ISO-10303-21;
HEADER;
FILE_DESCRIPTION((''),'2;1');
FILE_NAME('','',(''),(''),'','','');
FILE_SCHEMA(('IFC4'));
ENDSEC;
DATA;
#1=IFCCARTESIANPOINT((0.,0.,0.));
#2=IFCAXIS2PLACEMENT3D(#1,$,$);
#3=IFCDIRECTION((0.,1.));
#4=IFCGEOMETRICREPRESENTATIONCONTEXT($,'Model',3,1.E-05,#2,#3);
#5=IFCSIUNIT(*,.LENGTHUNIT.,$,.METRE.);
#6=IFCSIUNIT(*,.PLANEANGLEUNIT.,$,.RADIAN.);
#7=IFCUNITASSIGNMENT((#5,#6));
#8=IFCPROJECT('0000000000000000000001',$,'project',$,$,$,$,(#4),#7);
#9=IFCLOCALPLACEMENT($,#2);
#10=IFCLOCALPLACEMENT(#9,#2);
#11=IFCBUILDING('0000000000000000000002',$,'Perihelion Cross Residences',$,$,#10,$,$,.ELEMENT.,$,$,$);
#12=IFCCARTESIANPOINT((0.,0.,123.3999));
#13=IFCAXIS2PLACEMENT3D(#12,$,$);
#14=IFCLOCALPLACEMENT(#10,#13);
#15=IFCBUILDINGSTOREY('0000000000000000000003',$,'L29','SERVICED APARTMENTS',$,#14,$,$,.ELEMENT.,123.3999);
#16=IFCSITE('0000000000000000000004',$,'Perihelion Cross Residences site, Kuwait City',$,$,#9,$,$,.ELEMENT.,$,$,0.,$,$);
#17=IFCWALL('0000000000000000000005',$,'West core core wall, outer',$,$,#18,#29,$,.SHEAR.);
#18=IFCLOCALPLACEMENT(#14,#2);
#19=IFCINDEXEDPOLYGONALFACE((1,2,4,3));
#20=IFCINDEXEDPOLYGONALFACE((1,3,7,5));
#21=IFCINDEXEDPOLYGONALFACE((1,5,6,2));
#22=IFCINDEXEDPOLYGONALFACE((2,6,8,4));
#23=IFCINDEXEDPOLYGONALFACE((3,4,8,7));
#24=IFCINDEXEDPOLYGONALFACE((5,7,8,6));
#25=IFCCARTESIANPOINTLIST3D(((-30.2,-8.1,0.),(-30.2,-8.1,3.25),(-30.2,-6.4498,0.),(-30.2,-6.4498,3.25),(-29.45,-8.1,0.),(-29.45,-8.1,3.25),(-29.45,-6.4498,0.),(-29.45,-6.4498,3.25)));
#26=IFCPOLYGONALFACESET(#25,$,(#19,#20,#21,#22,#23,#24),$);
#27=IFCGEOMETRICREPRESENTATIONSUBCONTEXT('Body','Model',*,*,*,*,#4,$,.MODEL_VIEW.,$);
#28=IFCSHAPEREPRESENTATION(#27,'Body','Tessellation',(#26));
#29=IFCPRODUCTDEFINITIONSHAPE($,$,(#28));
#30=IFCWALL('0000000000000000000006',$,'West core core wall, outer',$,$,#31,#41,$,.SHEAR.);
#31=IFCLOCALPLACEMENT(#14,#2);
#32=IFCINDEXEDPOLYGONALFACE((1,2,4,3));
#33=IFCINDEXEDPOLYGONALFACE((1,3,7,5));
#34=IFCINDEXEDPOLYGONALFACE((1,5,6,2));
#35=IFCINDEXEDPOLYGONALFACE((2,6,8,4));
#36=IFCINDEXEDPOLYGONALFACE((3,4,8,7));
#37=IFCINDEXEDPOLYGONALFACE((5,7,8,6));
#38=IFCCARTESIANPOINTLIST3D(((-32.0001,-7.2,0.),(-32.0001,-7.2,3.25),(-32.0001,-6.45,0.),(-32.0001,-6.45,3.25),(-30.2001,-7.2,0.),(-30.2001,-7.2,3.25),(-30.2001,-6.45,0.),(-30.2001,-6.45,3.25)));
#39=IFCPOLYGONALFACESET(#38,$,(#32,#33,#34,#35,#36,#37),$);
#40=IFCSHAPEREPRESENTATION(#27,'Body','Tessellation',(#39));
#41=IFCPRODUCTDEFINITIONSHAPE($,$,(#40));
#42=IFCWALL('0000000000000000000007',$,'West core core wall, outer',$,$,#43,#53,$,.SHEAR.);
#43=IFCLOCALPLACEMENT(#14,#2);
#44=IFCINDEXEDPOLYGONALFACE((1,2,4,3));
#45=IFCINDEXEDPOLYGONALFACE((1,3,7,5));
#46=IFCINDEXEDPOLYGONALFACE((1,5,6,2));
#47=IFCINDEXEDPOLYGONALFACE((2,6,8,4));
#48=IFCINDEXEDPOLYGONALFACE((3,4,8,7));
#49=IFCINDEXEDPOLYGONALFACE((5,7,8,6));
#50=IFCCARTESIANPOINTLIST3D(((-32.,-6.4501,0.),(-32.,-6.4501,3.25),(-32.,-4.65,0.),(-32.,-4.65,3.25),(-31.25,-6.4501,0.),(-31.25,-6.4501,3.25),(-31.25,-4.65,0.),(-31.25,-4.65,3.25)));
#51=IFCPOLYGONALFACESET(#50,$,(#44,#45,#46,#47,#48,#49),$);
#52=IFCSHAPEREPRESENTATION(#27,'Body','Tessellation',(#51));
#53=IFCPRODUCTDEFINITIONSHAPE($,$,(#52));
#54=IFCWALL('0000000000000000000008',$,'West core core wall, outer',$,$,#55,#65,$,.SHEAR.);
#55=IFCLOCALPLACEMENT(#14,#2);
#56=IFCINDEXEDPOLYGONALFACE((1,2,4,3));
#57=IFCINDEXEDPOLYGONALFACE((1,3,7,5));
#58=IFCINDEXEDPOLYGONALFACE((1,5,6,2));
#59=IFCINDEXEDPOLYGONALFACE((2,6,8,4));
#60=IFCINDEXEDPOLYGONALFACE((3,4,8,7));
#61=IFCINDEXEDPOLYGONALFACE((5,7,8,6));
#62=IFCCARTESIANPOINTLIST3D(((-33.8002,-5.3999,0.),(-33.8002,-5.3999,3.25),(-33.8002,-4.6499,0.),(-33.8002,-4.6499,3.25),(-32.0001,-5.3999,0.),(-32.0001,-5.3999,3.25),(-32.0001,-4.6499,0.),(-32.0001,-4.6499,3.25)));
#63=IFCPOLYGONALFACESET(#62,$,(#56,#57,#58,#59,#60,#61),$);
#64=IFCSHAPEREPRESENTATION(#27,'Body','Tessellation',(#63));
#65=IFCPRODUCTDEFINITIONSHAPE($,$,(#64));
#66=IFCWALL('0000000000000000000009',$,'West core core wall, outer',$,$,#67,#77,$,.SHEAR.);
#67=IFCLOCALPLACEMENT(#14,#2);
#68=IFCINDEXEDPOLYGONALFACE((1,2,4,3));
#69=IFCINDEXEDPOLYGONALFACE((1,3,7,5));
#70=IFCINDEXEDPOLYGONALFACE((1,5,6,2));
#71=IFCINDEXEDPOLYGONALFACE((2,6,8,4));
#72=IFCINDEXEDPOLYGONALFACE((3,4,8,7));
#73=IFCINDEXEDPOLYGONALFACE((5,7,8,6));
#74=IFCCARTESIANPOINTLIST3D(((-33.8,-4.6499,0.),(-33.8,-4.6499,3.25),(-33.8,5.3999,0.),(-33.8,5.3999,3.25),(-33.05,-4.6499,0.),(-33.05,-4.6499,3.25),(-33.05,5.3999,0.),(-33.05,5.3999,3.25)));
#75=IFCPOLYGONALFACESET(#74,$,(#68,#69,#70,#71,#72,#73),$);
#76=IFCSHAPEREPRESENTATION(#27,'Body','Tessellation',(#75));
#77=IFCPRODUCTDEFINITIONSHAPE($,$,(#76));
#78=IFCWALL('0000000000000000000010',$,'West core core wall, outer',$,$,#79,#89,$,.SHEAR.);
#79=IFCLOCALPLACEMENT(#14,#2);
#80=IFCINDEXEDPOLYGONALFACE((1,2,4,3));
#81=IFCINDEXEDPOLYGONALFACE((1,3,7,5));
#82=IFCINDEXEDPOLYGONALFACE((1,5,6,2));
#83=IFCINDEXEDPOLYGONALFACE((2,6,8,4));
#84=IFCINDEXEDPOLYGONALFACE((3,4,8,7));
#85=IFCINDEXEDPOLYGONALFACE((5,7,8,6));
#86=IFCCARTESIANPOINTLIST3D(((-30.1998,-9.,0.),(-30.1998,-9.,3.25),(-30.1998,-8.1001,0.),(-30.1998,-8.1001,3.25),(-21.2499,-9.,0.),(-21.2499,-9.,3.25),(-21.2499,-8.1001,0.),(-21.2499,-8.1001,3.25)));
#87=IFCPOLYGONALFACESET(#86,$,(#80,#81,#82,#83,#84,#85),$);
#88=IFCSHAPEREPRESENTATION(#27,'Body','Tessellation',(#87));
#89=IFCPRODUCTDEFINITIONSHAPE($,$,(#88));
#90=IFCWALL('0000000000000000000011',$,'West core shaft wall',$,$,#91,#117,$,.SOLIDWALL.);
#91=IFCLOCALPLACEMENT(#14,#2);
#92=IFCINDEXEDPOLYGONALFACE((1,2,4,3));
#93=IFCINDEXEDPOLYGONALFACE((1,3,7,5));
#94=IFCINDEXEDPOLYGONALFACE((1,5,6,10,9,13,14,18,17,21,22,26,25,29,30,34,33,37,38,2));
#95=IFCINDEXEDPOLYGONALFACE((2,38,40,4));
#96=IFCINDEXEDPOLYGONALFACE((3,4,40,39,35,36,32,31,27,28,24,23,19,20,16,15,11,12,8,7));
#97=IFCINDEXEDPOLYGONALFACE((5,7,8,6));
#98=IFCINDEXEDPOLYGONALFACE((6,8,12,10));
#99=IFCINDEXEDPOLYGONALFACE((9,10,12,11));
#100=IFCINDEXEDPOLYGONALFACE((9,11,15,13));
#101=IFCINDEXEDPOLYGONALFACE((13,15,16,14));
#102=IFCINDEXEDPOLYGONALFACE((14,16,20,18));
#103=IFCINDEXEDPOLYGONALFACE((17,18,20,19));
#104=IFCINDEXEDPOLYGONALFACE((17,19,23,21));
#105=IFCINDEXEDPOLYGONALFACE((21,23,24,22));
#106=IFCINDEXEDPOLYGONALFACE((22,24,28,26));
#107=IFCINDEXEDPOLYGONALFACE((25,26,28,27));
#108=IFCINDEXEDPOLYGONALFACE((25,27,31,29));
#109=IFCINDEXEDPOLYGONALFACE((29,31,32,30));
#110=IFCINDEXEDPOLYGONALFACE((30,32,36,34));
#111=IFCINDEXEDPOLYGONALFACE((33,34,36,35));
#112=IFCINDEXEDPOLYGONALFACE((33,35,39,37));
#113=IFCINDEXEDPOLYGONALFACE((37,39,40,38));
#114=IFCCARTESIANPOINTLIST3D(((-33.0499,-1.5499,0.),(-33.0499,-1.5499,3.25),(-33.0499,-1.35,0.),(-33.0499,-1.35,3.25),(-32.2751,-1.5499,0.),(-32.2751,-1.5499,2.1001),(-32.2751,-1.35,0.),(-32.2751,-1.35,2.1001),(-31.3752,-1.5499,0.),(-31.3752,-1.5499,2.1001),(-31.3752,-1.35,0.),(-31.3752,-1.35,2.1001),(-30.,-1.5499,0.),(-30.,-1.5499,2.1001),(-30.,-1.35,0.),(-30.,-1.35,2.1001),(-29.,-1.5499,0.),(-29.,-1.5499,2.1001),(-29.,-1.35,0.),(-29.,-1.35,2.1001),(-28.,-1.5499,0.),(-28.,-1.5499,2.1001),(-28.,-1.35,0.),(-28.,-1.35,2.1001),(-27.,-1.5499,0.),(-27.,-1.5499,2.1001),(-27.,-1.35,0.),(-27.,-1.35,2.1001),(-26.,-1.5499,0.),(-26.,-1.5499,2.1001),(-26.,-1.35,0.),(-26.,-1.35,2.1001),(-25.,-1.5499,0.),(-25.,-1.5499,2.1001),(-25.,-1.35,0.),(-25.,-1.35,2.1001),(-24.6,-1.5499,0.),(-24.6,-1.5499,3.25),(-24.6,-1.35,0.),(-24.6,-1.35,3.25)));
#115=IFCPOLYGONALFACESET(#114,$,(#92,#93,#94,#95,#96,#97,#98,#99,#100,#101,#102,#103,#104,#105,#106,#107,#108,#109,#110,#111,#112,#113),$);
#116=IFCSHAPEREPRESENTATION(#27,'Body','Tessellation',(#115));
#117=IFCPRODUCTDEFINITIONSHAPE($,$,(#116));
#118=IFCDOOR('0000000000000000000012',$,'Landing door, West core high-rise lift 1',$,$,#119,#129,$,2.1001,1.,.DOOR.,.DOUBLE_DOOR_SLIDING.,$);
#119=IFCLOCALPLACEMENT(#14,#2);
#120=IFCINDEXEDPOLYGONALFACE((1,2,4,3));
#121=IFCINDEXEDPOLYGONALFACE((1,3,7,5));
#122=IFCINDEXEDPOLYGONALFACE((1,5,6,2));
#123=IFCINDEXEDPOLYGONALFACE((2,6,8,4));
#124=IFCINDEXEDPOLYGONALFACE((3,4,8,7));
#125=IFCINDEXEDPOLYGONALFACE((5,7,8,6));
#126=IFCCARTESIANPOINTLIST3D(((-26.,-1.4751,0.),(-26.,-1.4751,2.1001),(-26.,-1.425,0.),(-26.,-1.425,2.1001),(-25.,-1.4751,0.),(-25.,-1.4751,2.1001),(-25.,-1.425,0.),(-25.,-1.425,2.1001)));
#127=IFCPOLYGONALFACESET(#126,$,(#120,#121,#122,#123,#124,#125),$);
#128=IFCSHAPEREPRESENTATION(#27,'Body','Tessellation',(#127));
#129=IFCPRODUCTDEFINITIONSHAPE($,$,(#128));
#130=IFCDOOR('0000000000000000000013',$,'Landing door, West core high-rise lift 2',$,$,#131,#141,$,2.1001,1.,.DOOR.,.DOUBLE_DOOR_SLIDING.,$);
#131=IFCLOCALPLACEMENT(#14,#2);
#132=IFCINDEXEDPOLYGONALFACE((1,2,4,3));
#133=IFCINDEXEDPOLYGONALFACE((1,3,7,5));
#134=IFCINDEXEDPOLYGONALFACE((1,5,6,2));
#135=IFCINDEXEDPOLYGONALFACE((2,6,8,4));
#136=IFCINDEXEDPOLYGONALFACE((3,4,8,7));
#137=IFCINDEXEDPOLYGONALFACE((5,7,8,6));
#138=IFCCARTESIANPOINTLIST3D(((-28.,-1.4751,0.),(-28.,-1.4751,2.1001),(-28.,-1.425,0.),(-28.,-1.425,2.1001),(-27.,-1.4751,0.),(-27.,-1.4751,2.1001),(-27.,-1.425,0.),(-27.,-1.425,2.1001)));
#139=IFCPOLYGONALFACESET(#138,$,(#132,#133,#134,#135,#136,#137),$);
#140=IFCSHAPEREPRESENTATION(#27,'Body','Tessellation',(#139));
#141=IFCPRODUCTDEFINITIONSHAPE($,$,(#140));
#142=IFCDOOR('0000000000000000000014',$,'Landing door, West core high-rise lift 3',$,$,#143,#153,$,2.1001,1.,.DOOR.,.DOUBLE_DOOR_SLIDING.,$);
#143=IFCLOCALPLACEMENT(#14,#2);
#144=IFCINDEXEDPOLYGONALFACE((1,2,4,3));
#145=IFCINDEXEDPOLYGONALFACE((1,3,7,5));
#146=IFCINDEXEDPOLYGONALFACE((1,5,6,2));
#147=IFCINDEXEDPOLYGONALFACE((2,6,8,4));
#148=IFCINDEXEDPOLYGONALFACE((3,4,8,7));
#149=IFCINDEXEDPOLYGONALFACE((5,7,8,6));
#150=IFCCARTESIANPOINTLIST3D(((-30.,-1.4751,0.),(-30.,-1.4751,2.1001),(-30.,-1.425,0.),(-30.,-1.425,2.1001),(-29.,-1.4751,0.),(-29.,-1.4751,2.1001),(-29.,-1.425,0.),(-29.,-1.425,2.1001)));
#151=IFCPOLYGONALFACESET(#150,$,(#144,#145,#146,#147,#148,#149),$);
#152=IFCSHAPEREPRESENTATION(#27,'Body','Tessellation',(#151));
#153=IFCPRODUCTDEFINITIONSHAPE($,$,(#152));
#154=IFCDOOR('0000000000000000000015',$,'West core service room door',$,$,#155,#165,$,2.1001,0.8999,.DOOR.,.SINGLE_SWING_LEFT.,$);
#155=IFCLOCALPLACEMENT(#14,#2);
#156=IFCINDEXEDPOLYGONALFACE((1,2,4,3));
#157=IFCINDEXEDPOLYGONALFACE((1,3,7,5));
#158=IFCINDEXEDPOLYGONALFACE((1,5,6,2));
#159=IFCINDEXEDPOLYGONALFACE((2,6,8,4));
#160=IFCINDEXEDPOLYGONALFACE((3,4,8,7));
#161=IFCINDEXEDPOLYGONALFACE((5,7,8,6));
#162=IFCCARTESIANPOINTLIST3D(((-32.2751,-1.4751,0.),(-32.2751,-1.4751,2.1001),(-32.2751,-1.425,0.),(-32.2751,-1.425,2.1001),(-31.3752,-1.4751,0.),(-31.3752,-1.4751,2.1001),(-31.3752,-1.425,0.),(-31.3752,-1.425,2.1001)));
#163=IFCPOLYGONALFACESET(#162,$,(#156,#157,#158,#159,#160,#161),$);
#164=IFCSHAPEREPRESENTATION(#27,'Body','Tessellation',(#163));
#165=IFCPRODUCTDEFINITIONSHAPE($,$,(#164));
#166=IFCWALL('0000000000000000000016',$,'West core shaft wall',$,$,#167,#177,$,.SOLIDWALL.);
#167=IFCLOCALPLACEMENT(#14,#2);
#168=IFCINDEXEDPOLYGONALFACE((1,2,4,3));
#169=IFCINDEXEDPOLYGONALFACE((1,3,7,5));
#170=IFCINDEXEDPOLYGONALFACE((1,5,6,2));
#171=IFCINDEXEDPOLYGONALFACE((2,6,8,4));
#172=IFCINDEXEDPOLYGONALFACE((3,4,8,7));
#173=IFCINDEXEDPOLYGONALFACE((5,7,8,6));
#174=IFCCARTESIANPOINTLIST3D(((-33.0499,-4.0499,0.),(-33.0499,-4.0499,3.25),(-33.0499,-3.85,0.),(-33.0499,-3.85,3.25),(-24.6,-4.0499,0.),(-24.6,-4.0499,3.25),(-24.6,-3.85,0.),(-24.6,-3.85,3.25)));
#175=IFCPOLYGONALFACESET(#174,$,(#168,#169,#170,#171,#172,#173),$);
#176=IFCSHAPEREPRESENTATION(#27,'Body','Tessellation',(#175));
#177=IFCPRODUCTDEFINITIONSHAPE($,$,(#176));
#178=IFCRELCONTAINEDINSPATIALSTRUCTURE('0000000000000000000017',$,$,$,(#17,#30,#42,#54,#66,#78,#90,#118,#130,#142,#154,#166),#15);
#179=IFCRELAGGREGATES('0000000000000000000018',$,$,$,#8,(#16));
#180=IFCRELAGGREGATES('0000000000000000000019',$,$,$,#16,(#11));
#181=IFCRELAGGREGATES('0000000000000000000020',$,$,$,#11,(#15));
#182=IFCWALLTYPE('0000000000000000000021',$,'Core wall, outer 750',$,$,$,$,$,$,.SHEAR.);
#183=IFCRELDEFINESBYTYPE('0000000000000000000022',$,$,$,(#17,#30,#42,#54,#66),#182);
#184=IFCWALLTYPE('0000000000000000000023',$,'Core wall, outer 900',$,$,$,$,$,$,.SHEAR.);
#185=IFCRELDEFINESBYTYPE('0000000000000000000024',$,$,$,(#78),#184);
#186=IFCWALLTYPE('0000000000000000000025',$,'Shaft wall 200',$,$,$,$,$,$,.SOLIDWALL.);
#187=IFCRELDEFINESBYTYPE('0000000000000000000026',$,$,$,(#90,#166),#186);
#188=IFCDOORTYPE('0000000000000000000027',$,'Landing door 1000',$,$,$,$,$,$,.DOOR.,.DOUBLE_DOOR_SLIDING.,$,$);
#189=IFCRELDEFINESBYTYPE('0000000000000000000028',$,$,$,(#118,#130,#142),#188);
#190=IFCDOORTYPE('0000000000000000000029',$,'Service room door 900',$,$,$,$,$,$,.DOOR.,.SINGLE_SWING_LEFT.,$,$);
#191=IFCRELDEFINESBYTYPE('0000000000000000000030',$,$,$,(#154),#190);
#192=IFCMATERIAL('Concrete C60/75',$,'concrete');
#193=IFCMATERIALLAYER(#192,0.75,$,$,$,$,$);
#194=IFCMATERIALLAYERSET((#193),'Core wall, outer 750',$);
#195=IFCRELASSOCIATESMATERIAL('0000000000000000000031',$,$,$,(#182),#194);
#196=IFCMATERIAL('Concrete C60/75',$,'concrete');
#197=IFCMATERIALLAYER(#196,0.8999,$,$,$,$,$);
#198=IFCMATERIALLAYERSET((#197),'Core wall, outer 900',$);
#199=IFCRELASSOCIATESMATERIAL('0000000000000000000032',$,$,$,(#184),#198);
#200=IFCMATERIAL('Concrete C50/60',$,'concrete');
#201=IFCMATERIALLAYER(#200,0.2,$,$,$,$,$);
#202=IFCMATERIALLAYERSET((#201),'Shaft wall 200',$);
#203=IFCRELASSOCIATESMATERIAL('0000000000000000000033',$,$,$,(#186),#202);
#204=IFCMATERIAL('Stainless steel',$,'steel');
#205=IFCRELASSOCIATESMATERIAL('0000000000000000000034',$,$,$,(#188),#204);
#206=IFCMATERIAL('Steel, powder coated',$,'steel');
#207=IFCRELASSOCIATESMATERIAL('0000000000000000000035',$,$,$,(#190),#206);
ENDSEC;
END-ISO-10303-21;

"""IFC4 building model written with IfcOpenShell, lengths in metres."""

from ifc_helpers import new_model, si_unit, direction, frame, frame_2d, origin, place, context, subcontext, project, spatial, rectangle, extrude, material, layer, layer_set, type_object, element, fill, save


model = new_model("IFC4")

# Units and contexts
model_context = context("Model", 3, precision=1e-05, world=origin(), true_north=direction((0.0, 1.0)))
body_context = subcontext(model_context, "Body", "Model", "MODEL_VIEW")
ifc_project = project(units=[si_unit("LENGTHUNIT", "METRE"), si_unit("PLANEANGLEUNIT", "RADIAN")], contexts=[model_context])

# Site, building, storey
site_placement = place(None, origin())
site = spatial("IfcSite", under=ifc_project, at=site_placement, Name="Perihelion Cross Residences site, Kuwait City", CompositionType="ELEMENT", RefElevation=0.0)
building_placement = place(site_placement, origin())
building = spatial("IfcBuilding", under=site, at=building_placement, Name="Perihelion Cross Residences", CompositionType="ELEMENT")
storey_placement = place(building_placement, frame((0.0, 0.0, 123.3999)))
storey = spatial("IfcBuildingStorey", under=building, at=storey_placement, Name="L29", Description="SERVICED APARTMENTS", CompositionType="ELEMENT", Elevation=123.3999)

# Walls
ifc_material_1 = material(Name="Concrete C60/75", Category="concrete")
ifc_layer_1 = layer(ifc_material_1, 0.75)
ifc_layer_set_1 = layer_set([ifc_layer_1], Name="Core wall, outer 750")
wall_type_1 = type_object("IfcWallType", Name="Core wall, outer 750", PredefinedType="SHEAR", material=ifc_layer_set_1)
wall_1_placement = place(storey_placement, frame((-29.825, -8.1001, 0.0), z_axis=(0.0, 0.0, 1.0), x_axis=(0.0, 1.0, 0.0)))
element("IfcWall", 1, at=wall_1_placement, inside=storey, type_object=wall_type_1, Name="West core core wall, outer", PredefinedType="SHEAR", context=body_context, shape_type="SweptSolid", body=[
    extrude(rectangle(XDim=1.6501, YDim=0.75, at=frame_2d((0.8252, 0.0))), origin(), (0.0, 0.0, 1.0), 3.25),
])
for number, where, z_axis, x_axis, name in (
    (2, (-32.0, -6.825, 0.0), (0.0, 0.0, 1.0), (1.0, 0.0, 0.0), "West core core wall, outer"),
    (3, (-31.625, -6.45, 0.0), (0.0, 0.0, 1.0), (0.0, 1.0, 0.0), "West core core wall, outer"),
    (4, (-33.8, -5.0249, 0.0), (0.0, 0.0, 1.0), (1.0, 0.0, 0.0), "West core core wall, outer"),
):
    element("IfcWall", number, at=place(storey_placement, frame(where, z_axis=z_axis, x_axis=x_axis)), inside=storey, type_object=wall_type_1, Name=name, PredefinedType="SHEAR", context=body_context, shape_type="SweptSolid", body=[
        extrude(rectangle(XDim=1.8, YDim=0.75, at=frame_2d((0.8999, 0.0))), origin(), (0.0, 0.0, 1.0), 3.25),
    ])
wall_2_placement = place(storey_placement, frame((-33.425, -4.6499, 0.0), z_axis=(0.0, 0.0, 1.0), x_axis=(0.0, 1.0, 0.0)))
element("IfcWall", 5, at=wall_2_placement, inside=storey, type_object=wall_type_1, Name="West core core wall, outer", PredefinedType="SHEAR", context=body_context, shape_type="SweptSolid", body=[
    extrude(rectangle(XDim=10.0498, YDim=0.75, at=frame_2d((5.0249, 0.0))), origin(), (0.0, 0.0, 1.0), 3.25),
])
ifc_material_2 = material(Name="Concrete C60/75", Category="concrete")
ifc_layer_2 = layer(ifc_material_2, 0.8999)
ifc_layer_set_2 = layer_set([ifc_layer_2], Name="Core wall, outer 900")
wall_type_2 = type_object("IfcWallType", Name="Core wall, outer 900", PredefinedType="SHEAR", material=ifc_layer_set_2)
wall_3_placement = place(storey_placement, frame((-30.2, -8.55, 0.0), z_axis=(0.0, 0.0, 1.0), x_axis=(1.0, 0.0, 0.0)))
element("IfcWall", 6, at=wall_3_placement, inside=storey, type_object=wall_type_2, Name="West core core wall, outer", PredefinedType="SHEAR", context=body_context, shape_type="SweptSolid", body=[
    extrude(rectangle(XDim=8.95, YDim=0.8999, at=frame_2d((4.4751, 0.0))), origin(), (0.0, 0.0, 1.0), 3.25),
])

# Wall, openings, doors
ifc_material_3 = material(Name="Concrete C50/60", Category="concrete")
ifc_layer_3 = layer(ifc_material_3, 0.2)
ifc_layer_set_3 = layer_set([ifc_layer_3], Name="Shaft wall 200")
wall_type_3 = type_object("IfcWallType", Name="Shaft wall 200", PredefinedType="SOLIDWALL", material=ifc_layer_set_3)
wall_4_placement = place(storey_placement, frame((-33.05, -1.45, 0.0), z_axis=(0.0, 0.0, 1.0), x_axis=(1.0, 0.0, 0.0)))
wall_4 = element("IfcWall", 7, at=wall_4_placement, inside=storey, type_object=wall_type_3, Name="West core shaft wall", PredefinedType="SOLIDWALL", context=body_context, shape_type="SweptSolid", body=[
    extrude(rectangle(XDim=8.45, YDim=0.2, at=frame_2d((4.2251, 0.0))), origin(), (0.0, 0.0, 1.0), 3.25),
])
opening_1_placement = place(wall_4_placement, frame((7.05, 0.0, 0.0)))
opening_1 = element("IfcOpeningElement", 8, at=opening_1_placement, cuts=wall_4, PredefinedType="OPENING", context=body_context, shape_type="SweptSolid", body=[
    extrude(rectangle(XDim=1.0, YDim=2.1001, at=frame_2d((0.5, 1.05))), frame((0.0, 0.1099, 0.0), z_axis=(0.0, -1.0, 0.0), x_axis=(1.0, 0.0, 0.0)), (0.0, 0.0, 1.0), 0.22),
])
opening_2_placement = place(wall_4_placement, frame((5.05, 0.0, 0.0)))
opening_2 = element("IfcOpeningElement", 9, at=opening_2_placement, cuts=wall_4, PredefinedType="OPENING", context=body_context, shape_type="SweptSolid", body=[
    extrude(rectangle(XDim=1.0, YDim=2.1001, at=frame_2d((0.5, 1.05))), frame((0.0, 0.1099, 0.0), z_axis=(0.0, -1.0, 0.0), x_axis=(1.0, 0.0, 0.0)), (0.0, 0.0, 1.0), 0.22),
])
opening_3_placement = place(wall_4_placement, frame((3.05, 0.0, 0.0)))
opening_3 = element("IfcOpeningElement", 10, at=opening_3_placement, cuts=wall_4, PredefinedType="OPENING", context=body_context, shape_type="SweptSolid", body=[
    extrude(rectangle(XDim=1.0, YDim=2.1001, at=frame_2d((0.5, 1.05))), frame((0.0, 0.1099, 0.0), z_axis=(0.0, -1.0, 0.0), x_axis=(1.0, 0.0, 0.0)), (0.0, 0.0, 1.0), 0.22),
])
opening_4_placement = place(wall_4_placement, frame((0.7749, 0.0, 0.0)))
opening_4 = element("IfcOpeningElement", 11, at=opening_4_placement, cuts=wall_4, PredefinedType="OPENING", context=body_context, shape_type="SweptSolid", body=[
    extrude(rectangle(XDim=0.8999, YDim=2.1001, at=frame_2d((0.45, 1.05))), frame((0.0, 0.1099, 0.0), z_axis=(0.0, -1.0, 0.0), x_axis=(1.0, 0.0, 0.0)), (0.0, 0.0, 1.0), 0.22),
])
ifc_material_4 = material(Name="Stainless steel", Category="steel")
door_type_1 = type_object("IfcDoorType", Name="Landing door 1000", OperationType="DOUBLE_DOOR_SLIDING", PredefinedType="DOOR", material=ifc_material_4)
door_1_placement = place(opening_1_placement, origin())
door_1 = element("IfcDoor", 12, at=door_1_placement, inside=storey, type_object=door_type_1, Name="Landing door, West core high-rise lift 1", OperationType="DOUBLE_DOOR_SLIDING", OverallHeight=2.1001, OverallWidth=1.0, PredefinedType="DOOR", context=body_context, shape_type="SweptSolid", body=[
    extrude(rectangle(XDim=1.0, YDim=2.1001, at=frame_2d((0.5, 1.05))), frame((0.0, 0.0249, 0.0), z_axis=(0.0, -1.0, 0.0), x_axis=(1.0, 0.0, 0.0)), (0.0, 0.0, 1.0), 0.05),
])
fill(opening_1, door_1)
door_2_placement = place(opening_2_placement, origin())
door_2 = element("IfcDoor", 13, at=door_2_placement, inside=storey, type_object=door_type_1, Name="Landing door, West core high-rise lift 2", OperationType="DOUBLE_DOOR_SLIDING", OverallHeight=2.1001, OverallWidth=1.0, PredefinedType="DOOR", context=body_context, shape_type="SweptSolid", body=[
    extrude(rectangle(XDim=1.0, YDim=2.1001, at=frame_2d((0.5, 1.05))), frame((0.0, 0.0249, 0.0), z_axis=(0.0, -1.0, 0.0), x_axis=(1.0, 0.0, 0.0)), (0.0, 0.0, 1.0), 0.05),
])
fill(opening_2, door_2)
door_3_placement = place(opening_3_placement, origin())
door_3 = element("IfcDoor", 14, at=door_3_placement, inside=storey, type_object=door_type_1, Name="Landing door, West core high-rise lift 3", OperationType="DOUBLE_DOOR_SLIDING", OverallHeight=2.1001, OverallWidth=1.0, PredefinedType="DOOR", context=body_context, shape_type="SweptSolid", body=[
    extrude(rectangle(XDim=1.0, YDim=2.1001, at=frame_2d((0.5, 1.05))), frame((0.0, 0.0249, 0.0), z_axis=(0.0, -1.0, 0.0), x_axis=(1.0, 0.0, 0.0)), (0.0, 0.0, 1.0), 0.05),
])
fill(opening_3, door_3)
ifc_material_5 = material(Name="Steel, powder coated", Category="steel")
door_type_2 = type_object("IfcDoorType", Name="Service room door 900", OperationType="SINGLE_SWING_LEFT", PredefinedType="DOOR", material=ifc_material_5)
door_4_placement = place(opening_4_placement, origin())
door_4 = element("IfcDoor", 15, at=door_4_placement, inside=storey, type_object=door_type_2, Name="West core service room door", OperationType="SINGLE_SWING_LEFT", OverallHeight=2.1001, OverallWidth=0.8999, PredefinedType="DOOR", context=body_context, shape_type="SweptSolid", body=[
    extrude(rectangle(XDim=0.8999, YDim=2.1001, at=frame_2d((0.45, 1.05))), frame((0.0, 0.0249, 0.0), z_axis=(0.0, -1.0, 0.0), x_axis=(1.0, 0.0, 0.0)), (0.0, 0.0, 1.0), 0.05),
])
fill(opening_4, door_4)

# Wall
wall_5_placement = place(storey_placement, frame((-33.05, -3.95, 0.0), z_axis=(0.0, 0.0, 1.0), x_axis=(1.0, 0.0, 0.0)))
element("IfcWall", 16, at=wall_5_placement, inside=storey, type_object=wall_type_3, Name="West core shaft wall", PredefinedType="SOLIDWALL", context=body_context, shape_type="SweptSolid", body=[
    extrude(rectangle(XDim=8.45, YDim=0.2, at=frame_2d((4.2251, 0.0))), origin(), (0.0, 0.0, 1.0), 3.25),
])

save(model, "model.ifc")
